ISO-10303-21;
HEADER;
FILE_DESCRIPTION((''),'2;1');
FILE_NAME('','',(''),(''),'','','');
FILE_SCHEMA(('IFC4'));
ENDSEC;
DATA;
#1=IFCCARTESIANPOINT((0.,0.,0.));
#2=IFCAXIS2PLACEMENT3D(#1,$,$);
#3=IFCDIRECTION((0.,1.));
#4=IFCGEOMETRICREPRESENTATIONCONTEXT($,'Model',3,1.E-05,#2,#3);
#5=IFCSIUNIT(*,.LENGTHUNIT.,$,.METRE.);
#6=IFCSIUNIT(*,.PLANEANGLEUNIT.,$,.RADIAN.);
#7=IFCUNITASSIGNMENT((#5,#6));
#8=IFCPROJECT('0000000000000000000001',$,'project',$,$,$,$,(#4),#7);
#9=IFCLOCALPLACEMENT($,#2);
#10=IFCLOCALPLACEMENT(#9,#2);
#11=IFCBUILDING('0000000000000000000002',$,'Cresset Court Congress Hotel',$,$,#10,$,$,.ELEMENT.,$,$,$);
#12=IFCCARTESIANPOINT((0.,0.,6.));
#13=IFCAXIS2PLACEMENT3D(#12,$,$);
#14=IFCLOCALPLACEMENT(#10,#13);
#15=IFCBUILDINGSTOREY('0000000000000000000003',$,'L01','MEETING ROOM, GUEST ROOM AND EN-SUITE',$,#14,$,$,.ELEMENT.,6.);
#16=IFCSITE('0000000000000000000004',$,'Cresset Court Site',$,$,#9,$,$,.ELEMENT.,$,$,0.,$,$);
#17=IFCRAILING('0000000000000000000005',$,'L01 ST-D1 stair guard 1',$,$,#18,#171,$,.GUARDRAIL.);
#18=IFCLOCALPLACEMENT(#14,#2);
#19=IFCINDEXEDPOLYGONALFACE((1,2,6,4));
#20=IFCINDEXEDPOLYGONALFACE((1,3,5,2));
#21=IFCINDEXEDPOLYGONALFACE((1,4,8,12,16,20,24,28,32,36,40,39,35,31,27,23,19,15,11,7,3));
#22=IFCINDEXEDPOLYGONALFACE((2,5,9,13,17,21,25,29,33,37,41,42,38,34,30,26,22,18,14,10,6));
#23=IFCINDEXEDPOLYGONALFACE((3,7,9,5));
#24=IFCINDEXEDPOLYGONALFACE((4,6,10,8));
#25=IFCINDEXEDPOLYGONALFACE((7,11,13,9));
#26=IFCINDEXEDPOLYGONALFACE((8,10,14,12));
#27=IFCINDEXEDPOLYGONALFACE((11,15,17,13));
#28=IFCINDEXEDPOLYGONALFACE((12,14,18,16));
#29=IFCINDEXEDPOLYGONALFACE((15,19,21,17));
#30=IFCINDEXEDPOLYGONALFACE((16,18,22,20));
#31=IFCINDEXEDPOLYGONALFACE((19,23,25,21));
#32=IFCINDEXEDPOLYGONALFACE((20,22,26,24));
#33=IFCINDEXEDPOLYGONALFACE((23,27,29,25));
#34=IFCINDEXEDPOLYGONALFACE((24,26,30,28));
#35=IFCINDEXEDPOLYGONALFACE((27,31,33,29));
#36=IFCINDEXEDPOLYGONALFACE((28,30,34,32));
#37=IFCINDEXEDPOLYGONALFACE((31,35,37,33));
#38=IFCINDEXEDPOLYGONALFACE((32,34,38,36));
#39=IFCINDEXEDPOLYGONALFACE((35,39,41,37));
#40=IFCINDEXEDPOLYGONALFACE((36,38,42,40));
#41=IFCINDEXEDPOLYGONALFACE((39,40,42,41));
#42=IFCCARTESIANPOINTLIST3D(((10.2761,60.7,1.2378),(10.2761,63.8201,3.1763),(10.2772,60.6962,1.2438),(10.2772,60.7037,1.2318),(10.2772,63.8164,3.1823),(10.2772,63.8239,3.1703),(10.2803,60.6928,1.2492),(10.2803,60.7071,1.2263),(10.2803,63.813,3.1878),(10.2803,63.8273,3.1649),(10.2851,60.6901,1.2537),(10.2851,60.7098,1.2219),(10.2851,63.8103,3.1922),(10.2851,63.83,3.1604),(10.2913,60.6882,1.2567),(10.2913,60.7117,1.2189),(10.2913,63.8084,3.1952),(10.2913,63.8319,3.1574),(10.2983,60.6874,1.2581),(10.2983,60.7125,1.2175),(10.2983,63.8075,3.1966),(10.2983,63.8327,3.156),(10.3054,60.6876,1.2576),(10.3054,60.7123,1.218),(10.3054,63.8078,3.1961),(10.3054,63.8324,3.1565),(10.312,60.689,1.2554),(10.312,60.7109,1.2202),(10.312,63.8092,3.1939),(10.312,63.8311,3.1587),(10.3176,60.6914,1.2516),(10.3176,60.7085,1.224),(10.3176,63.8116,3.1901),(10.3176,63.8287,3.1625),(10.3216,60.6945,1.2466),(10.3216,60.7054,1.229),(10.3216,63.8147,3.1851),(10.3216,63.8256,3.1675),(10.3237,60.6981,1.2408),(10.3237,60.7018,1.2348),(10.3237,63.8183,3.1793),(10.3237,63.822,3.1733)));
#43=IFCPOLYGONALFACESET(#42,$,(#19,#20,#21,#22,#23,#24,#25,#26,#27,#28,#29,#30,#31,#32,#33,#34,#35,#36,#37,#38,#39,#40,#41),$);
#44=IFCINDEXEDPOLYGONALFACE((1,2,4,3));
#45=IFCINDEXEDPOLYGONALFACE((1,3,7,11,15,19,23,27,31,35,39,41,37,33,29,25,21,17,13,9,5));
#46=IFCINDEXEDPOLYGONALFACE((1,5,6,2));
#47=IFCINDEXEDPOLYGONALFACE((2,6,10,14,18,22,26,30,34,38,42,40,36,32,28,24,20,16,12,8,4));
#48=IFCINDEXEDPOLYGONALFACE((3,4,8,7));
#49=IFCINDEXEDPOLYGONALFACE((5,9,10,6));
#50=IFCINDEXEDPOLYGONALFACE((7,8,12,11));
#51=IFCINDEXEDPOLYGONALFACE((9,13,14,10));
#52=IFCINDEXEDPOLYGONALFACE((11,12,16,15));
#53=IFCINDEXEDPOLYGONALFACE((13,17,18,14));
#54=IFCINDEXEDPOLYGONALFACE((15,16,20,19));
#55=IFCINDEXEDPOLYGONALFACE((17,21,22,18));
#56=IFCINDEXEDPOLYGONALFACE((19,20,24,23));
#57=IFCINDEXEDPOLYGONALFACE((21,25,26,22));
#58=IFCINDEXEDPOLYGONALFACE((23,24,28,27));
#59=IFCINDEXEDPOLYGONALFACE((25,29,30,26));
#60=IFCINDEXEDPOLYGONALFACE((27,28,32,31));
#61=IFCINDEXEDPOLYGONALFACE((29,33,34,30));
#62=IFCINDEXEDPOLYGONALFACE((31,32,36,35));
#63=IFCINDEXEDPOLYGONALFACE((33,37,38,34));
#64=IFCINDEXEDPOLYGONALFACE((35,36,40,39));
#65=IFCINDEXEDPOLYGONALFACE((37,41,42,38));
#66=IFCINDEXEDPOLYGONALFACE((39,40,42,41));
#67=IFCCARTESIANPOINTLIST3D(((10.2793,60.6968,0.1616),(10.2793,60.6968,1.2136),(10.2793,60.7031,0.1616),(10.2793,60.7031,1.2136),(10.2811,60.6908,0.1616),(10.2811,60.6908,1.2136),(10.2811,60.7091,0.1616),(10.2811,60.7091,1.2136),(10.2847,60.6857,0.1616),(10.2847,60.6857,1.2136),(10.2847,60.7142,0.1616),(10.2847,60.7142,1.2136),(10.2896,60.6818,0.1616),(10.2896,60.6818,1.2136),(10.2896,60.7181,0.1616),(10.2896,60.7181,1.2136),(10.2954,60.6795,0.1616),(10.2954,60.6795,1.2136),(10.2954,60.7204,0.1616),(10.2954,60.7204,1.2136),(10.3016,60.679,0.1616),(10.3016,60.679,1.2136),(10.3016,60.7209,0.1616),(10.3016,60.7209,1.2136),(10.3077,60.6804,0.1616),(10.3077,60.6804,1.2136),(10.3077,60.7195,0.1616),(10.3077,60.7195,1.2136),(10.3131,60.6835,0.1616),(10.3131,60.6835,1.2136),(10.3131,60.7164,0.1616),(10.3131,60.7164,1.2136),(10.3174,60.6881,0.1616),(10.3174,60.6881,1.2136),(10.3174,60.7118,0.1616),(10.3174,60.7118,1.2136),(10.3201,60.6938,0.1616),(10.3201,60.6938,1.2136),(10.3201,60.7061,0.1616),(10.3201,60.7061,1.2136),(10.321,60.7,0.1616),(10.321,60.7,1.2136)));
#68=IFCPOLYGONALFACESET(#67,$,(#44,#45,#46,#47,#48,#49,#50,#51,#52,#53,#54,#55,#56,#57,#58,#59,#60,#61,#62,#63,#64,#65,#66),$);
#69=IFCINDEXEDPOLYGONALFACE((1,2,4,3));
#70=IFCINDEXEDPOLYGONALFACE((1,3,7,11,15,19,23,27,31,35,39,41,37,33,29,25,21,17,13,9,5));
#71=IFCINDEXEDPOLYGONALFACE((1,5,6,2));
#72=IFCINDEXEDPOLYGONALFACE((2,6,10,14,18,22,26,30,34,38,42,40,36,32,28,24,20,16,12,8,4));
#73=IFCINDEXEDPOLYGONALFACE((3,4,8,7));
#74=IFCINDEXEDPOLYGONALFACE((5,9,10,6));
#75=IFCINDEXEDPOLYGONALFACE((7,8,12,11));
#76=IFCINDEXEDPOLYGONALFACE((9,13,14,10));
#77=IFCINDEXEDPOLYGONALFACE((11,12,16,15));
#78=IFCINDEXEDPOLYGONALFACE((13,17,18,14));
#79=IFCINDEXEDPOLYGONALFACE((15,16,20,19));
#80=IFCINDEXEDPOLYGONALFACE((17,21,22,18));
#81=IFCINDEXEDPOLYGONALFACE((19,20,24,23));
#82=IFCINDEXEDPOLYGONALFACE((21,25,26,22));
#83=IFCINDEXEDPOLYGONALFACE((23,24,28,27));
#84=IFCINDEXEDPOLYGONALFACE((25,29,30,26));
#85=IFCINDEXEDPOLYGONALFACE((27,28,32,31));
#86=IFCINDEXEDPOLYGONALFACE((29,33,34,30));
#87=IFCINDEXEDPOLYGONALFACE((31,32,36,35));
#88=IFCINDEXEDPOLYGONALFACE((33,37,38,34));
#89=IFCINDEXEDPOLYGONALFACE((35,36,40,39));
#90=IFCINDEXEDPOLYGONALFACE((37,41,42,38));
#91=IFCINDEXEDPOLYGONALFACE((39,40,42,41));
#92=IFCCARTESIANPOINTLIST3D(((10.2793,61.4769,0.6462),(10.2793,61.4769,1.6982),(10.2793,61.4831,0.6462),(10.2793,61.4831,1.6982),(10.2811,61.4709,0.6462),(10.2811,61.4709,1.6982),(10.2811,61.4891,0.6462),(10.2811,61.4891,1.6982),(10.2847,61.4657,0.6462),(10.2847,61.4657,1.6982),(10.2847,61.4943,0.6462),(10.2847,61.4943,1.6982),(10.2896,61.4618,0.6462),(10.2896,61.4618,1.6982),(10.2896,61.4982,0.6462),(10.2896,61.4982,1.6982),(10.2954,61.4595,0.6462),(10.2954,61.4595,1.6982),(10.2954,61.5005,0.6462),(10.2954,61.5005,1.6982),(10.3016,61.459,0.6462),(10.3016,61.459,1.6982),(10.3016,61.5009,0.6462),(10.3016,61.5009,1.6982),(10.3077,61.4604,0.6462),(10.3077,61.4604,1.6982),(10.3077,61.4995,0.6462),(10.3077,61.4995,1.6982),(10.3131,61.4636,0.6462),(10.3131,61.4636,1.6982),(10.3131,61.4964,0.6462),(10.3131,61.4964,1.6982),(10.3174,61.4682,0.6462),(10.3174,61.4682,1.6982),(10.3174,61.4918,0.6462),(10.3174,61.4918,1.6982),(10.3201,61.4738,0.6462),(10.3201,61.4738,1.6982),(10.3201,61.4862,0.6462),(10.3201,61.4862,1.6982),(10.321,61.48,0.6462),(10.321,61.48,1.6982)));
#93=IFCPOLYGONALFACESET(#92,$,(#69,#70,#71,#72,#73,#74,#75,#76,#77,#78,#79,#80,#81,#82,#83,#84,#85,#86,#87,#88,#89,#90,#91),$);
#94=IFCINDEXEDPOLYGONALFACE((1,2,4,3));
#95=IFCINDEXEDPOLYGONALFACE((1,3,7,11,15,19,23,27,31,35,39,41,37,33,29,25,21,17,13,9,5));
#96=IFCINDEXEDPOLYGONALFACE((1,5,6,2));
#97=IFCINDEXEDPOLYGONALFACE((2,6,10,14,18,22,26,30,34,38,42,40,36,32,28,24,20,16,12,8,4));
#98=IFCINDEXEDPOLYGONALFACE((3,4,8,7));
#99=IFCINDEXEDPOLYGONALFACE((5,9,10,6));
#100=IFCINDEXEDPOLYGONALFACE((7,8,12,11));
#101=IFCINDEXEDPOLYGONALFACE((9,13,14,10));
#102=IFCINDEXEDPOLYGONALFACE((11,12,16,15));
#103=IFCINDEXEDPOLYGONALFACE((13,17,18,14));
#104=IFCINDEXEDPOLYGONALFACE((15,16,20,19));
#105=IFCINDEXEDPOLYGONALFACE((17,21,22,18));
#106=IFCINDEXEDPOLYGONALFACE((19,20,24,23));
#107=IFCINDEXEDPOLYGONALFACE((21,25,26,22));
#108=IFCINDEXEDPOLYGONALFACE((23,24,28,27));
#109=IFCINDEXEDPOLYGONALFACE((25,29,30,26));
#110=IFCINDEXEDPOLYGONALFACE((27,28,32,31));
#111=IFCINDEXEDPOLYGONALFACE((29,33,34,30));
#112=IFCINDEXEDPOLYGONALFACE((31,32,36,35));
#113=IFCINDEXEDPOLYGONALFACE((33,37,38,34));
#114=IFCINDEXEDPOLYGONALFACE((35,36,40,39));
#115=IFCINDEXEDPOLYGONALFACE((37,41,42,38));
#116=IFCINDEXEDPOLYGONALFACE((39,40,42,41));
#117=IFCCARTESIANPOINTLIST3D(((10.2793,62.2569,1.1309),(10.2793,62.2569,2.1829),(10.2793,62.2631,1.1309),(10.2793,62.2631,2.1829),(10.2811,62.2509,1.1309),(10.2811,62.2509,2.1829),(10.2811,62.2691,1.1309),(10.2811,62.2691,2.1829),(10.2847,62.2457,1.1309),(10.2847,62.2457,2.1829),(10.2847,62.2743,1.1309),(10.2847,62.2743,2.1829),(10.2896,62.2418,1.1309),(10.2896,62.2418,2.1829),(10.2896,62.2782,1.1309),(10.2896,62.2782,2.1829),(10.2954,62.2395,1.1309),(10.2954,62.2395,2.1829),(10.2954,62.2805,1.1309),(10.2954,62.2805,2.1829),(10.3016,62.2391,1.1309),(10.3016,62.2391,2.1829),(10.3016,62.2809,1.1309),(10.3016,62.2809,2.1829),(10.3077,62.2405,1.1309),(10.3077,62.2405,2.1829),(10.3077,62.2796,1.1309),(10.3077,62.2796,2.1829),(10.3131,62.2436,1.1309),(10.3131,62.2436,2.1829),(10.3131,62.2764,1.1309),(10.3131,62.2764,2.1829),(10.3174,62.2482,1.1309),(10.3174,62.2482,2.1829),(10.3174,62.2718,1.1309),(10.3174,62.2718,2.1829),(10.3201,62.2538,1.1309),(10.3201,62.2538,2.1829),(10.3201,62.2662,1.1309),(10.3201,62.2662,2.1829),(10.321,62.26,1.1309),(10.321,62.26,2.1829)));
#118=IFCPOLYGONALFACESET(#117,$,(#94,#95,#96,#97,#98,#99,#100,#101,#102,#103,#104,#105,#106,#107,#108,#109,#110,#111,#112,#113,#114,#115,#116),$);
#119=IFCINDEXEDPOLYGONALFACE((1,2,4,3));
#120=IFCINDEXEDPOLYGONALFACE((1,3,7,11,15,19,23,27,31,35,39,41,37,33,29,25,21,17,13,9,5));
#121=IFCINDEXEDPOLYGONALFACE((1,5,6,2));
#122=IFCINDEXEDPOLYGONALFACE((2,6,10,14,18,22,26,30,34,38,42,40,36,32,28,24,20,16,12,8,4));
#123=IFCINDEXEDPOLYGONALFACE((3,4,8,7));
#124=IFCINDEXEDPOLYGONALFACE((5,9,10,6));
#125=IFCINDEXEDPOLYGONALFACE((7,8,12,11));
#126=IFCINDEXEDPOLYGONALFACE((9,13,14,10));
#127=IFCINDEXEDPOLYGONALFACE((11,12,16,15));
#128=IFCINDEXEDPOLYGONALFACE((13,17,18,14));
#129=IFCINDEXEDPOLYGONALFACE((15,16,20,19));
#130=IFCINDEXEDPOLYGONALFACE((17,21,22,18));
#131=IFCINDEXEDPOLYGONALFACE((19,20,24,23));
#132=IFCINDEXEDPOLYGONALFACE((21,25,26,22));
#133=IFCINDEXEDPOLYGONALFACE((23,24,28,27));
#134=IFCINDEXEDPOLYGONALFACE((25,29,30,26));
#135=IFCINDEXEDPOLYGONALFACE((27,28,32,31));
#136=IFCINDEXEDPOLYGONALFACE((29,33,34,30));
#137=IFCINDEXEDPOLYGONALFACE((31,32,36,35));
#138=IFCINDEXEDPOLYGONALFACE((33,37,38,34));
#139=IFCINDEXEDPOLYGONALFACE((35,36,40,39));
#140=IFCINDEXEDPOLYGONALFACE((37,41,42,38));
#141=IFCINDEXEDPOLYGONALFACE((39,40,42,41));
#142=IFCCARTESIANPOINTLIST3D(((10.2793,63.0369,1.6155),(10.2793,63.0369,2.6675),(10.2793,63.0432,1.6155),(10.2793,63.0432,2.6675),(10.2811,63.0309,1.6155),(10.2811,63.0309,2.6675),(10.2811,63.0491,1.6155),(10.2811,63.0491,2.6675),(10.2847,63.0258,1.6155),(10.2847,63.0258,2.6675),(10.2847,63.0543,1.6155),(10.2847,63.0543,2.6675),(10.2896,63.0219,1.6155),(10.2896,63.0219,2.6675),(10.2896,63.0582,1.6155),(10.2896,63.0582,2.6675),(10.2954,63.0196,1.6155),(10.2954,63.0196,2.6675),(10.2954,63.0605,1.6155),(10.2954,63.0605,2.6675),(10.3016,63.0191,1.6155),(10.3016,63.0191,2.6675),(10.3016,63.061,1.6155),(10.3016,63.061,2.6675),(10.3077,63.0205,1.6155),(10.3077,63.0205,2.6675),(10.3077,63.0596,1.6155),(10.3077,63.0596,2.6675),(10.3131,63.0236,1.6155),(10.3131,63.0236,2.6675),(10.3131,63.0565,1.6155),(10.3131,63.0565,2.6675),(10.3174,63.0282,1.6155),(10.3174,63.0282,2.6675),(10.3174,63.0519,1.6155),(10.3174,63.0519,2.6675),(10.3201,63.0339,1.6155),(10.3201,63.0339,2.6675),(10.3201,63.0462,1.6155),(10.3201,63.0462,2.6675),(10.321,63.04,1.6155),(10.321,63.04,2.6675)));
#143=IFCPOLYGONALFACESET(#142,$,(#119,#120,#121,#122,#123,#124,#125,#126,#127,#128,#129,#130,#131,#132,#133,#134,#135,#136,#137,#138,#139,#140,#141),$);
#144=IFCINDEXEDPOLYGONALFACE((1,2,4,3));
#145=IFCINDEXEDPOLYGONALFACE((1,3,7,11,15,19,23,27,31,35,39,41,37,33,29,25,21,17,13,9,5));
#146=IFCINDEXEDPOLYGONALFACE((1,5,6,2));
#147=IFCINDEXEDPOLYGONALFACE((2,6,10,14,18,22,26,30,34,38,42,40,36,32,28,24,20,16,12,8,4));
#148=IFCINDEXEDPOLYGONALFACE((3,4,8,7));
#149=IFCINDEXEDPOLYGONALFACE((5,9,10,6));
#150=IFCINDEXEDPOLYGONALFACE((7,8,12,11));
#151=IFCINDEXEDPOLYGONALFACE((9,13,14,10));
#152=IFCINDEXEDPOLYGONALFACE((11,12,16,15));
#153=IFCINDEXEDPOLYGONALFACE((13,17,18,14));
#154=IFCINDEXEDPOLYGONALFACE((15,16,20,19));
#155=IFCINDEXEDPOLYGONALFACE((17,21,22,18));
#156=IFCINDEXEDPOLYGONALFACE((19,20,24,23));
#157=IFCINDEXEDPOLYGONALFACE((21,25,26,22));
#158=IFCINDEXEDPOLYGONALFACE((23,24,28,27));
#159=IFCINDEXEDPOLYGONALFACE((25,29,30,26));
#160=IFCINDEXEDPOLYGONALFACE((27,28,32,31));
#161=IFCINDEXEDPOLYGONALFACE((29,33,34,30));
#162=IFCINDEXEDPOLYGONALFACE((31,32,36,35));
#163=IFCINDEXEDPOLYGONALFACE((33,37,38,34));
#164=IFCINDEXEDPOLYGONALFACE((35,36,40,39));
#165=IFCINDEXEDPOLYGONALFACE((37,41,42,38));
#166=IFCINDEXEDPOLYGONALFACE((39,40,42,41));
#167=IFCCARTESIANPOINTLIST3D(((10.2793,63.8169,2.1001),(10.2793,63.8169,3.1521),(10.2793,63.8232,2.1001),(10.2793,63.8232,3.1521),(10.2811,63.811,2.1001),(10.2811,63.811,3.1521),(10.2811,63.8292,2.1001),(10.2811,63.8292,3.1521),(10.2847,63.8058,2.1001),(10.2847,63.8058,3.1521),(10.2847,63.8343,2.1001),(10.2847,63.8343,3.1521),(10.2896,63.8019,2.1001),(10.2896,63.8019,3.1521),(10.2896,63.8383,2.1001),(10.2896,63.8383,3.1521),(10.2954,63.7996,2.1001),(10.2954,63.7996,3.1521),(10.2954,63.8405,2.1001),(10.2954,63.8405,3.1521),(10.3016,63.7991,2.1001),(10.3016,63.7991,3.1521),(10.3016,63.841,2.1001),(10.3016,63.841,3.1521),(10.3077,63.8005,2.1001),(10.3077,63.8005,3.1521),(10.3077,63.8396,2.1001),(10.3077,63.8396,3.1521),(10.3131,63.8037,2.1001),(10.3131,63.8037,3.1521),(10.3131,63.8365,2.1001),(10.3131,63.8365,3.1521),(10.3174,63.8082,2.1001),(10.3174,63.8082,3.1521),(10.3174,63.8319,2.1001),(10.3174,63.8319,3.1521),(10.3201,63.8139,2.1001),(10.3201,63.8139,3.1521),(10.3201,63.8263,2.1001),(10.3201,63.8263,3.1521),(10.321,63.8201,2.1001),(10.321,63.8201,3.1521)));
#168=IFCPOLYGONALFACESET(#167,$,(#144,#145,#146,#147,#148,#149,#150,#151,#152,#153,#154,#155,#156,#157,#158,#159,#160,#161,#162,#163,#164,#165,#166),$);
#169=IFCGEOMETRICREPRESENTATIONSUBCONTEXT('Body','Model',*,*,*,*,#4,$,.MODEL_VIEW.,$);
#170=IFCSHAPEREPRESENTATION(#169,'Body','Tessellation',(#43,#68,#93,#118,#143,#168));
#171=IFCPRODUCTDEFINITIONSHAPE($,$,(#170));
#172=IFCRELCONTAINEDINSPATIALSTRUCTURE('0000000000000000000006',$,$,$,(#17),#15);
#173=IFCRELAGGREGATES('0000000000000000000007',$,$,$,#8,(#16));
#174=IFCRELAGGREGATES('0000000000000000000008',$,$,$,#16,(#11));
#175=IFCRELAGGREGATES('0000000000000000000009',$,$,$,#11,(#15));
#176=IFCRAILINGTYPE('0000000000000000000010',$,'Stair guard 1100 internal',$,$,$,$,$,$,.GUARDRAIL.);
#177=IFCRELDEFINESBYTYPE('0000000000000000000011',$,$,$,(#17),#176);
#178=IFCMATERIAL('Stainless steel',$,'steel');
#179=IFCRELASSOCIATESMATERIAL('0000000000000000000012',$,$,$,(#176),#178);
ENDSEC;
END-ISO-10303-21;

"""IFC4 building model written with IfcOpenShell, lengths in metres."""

from ifc_helpers import new_model, si_unit, direction, frame, origin, origin_2d, place, context, subcontext, project, spatial, circle, extrude, material, type_object, element, save


model = new_model("IFC4")

# Units and contexts
model_context = context("Model", 3, precision=1e-05, world=origin(), true_north=direction((0.0, 1.0)))
body_context = subcontext(model_context, "Body", "Model", "MODEL_VIEW")
ifc_project = project(units=[si_unit("LENGTHUNIT", "METRE"), si_unit("PLANEANGLEUNIT", "RADIAN")], contexts=[model_context])

# Site, building, storey
site_placement = place(None, origin())
site = spatial("IfcSite", under=ifc_project, at=site_placement, Name="Cresset Court Site", CompositionType="ELEMENT", RefElevation=0.0)
building_placement = place(site_placement, origin())
building = spatial("IfcBuilding", under=site, at=building_placement, Name="Cresset Court Congress Hotel", CompositionType="ELEMENT")
storey_placement = place(building_placement, frame((0.0, 0.0, 6.0)))
storey = spatial("IfcBuildingStorey", under=building, at=storey_placement, Name="L01", Description="MEETING ROOM, GUEST ROOM AND EN-SUITE", CompositionType="ELEMENT", Elevation=6.0)

# Railing
ifc_material_1 = material(Name="Stainless steel", Category="steel")
railing_type_1 = type_object("IfcRailingType", Name="Stair guard 1100 internal", PredefinedType="GUARDRAIL", material=ifc_material_1)
railing_1_placement = place(storey_placement, frame((10.3, 60.7, 0.1616)))
element("IfcRailing", 1, at=railing_1_placement, inside=storey, type_object=railing_type_1, Name="L01 ST-D1 stair guard 1", PredefinedType="GUARDRAIL", context=body_context, shape_type="SweptSolid", body=[
    extrude(circle(Radius=0.0239, at=origin_2d()), frame((0.0, 0.0, 1.0762), z_axis=(0.0, 0.849414, 0.527727), x_axis=(-1.0, 0.0, 0.0)), (0.0, 0.0, 1.0), 3.6733),
    extrude(circle(Radius=0.021, at=origin_2d()), origin(), (0.0, 0.0, 1.0), 1.052),
    extrude(circle(Radius=0.021, at=origin_2d()), frame((0.0, 0.78, 0.4846)), (0.0, 0.0, 1.0), 1.052),
    extrude(circle(Radius=0.021, at=origin_2d()), frame((0.0, 1.5601, 0.9692)), (0.0, 0.0, 1.0), 1.052),
    extrude(circle(Radius=0.021, at=origin_2d()), frame((0.0, 2.3401, 1.4539)), (0.0, 0.0, 1.0), 1.052),
    extrude(circle(Radius=0.021, at=origin_2d()), frame((0.0, 3.1201, 1.9385)), (0.0, 0.0, 1.0), 1.052),
])

save(model, "model.ifc")
